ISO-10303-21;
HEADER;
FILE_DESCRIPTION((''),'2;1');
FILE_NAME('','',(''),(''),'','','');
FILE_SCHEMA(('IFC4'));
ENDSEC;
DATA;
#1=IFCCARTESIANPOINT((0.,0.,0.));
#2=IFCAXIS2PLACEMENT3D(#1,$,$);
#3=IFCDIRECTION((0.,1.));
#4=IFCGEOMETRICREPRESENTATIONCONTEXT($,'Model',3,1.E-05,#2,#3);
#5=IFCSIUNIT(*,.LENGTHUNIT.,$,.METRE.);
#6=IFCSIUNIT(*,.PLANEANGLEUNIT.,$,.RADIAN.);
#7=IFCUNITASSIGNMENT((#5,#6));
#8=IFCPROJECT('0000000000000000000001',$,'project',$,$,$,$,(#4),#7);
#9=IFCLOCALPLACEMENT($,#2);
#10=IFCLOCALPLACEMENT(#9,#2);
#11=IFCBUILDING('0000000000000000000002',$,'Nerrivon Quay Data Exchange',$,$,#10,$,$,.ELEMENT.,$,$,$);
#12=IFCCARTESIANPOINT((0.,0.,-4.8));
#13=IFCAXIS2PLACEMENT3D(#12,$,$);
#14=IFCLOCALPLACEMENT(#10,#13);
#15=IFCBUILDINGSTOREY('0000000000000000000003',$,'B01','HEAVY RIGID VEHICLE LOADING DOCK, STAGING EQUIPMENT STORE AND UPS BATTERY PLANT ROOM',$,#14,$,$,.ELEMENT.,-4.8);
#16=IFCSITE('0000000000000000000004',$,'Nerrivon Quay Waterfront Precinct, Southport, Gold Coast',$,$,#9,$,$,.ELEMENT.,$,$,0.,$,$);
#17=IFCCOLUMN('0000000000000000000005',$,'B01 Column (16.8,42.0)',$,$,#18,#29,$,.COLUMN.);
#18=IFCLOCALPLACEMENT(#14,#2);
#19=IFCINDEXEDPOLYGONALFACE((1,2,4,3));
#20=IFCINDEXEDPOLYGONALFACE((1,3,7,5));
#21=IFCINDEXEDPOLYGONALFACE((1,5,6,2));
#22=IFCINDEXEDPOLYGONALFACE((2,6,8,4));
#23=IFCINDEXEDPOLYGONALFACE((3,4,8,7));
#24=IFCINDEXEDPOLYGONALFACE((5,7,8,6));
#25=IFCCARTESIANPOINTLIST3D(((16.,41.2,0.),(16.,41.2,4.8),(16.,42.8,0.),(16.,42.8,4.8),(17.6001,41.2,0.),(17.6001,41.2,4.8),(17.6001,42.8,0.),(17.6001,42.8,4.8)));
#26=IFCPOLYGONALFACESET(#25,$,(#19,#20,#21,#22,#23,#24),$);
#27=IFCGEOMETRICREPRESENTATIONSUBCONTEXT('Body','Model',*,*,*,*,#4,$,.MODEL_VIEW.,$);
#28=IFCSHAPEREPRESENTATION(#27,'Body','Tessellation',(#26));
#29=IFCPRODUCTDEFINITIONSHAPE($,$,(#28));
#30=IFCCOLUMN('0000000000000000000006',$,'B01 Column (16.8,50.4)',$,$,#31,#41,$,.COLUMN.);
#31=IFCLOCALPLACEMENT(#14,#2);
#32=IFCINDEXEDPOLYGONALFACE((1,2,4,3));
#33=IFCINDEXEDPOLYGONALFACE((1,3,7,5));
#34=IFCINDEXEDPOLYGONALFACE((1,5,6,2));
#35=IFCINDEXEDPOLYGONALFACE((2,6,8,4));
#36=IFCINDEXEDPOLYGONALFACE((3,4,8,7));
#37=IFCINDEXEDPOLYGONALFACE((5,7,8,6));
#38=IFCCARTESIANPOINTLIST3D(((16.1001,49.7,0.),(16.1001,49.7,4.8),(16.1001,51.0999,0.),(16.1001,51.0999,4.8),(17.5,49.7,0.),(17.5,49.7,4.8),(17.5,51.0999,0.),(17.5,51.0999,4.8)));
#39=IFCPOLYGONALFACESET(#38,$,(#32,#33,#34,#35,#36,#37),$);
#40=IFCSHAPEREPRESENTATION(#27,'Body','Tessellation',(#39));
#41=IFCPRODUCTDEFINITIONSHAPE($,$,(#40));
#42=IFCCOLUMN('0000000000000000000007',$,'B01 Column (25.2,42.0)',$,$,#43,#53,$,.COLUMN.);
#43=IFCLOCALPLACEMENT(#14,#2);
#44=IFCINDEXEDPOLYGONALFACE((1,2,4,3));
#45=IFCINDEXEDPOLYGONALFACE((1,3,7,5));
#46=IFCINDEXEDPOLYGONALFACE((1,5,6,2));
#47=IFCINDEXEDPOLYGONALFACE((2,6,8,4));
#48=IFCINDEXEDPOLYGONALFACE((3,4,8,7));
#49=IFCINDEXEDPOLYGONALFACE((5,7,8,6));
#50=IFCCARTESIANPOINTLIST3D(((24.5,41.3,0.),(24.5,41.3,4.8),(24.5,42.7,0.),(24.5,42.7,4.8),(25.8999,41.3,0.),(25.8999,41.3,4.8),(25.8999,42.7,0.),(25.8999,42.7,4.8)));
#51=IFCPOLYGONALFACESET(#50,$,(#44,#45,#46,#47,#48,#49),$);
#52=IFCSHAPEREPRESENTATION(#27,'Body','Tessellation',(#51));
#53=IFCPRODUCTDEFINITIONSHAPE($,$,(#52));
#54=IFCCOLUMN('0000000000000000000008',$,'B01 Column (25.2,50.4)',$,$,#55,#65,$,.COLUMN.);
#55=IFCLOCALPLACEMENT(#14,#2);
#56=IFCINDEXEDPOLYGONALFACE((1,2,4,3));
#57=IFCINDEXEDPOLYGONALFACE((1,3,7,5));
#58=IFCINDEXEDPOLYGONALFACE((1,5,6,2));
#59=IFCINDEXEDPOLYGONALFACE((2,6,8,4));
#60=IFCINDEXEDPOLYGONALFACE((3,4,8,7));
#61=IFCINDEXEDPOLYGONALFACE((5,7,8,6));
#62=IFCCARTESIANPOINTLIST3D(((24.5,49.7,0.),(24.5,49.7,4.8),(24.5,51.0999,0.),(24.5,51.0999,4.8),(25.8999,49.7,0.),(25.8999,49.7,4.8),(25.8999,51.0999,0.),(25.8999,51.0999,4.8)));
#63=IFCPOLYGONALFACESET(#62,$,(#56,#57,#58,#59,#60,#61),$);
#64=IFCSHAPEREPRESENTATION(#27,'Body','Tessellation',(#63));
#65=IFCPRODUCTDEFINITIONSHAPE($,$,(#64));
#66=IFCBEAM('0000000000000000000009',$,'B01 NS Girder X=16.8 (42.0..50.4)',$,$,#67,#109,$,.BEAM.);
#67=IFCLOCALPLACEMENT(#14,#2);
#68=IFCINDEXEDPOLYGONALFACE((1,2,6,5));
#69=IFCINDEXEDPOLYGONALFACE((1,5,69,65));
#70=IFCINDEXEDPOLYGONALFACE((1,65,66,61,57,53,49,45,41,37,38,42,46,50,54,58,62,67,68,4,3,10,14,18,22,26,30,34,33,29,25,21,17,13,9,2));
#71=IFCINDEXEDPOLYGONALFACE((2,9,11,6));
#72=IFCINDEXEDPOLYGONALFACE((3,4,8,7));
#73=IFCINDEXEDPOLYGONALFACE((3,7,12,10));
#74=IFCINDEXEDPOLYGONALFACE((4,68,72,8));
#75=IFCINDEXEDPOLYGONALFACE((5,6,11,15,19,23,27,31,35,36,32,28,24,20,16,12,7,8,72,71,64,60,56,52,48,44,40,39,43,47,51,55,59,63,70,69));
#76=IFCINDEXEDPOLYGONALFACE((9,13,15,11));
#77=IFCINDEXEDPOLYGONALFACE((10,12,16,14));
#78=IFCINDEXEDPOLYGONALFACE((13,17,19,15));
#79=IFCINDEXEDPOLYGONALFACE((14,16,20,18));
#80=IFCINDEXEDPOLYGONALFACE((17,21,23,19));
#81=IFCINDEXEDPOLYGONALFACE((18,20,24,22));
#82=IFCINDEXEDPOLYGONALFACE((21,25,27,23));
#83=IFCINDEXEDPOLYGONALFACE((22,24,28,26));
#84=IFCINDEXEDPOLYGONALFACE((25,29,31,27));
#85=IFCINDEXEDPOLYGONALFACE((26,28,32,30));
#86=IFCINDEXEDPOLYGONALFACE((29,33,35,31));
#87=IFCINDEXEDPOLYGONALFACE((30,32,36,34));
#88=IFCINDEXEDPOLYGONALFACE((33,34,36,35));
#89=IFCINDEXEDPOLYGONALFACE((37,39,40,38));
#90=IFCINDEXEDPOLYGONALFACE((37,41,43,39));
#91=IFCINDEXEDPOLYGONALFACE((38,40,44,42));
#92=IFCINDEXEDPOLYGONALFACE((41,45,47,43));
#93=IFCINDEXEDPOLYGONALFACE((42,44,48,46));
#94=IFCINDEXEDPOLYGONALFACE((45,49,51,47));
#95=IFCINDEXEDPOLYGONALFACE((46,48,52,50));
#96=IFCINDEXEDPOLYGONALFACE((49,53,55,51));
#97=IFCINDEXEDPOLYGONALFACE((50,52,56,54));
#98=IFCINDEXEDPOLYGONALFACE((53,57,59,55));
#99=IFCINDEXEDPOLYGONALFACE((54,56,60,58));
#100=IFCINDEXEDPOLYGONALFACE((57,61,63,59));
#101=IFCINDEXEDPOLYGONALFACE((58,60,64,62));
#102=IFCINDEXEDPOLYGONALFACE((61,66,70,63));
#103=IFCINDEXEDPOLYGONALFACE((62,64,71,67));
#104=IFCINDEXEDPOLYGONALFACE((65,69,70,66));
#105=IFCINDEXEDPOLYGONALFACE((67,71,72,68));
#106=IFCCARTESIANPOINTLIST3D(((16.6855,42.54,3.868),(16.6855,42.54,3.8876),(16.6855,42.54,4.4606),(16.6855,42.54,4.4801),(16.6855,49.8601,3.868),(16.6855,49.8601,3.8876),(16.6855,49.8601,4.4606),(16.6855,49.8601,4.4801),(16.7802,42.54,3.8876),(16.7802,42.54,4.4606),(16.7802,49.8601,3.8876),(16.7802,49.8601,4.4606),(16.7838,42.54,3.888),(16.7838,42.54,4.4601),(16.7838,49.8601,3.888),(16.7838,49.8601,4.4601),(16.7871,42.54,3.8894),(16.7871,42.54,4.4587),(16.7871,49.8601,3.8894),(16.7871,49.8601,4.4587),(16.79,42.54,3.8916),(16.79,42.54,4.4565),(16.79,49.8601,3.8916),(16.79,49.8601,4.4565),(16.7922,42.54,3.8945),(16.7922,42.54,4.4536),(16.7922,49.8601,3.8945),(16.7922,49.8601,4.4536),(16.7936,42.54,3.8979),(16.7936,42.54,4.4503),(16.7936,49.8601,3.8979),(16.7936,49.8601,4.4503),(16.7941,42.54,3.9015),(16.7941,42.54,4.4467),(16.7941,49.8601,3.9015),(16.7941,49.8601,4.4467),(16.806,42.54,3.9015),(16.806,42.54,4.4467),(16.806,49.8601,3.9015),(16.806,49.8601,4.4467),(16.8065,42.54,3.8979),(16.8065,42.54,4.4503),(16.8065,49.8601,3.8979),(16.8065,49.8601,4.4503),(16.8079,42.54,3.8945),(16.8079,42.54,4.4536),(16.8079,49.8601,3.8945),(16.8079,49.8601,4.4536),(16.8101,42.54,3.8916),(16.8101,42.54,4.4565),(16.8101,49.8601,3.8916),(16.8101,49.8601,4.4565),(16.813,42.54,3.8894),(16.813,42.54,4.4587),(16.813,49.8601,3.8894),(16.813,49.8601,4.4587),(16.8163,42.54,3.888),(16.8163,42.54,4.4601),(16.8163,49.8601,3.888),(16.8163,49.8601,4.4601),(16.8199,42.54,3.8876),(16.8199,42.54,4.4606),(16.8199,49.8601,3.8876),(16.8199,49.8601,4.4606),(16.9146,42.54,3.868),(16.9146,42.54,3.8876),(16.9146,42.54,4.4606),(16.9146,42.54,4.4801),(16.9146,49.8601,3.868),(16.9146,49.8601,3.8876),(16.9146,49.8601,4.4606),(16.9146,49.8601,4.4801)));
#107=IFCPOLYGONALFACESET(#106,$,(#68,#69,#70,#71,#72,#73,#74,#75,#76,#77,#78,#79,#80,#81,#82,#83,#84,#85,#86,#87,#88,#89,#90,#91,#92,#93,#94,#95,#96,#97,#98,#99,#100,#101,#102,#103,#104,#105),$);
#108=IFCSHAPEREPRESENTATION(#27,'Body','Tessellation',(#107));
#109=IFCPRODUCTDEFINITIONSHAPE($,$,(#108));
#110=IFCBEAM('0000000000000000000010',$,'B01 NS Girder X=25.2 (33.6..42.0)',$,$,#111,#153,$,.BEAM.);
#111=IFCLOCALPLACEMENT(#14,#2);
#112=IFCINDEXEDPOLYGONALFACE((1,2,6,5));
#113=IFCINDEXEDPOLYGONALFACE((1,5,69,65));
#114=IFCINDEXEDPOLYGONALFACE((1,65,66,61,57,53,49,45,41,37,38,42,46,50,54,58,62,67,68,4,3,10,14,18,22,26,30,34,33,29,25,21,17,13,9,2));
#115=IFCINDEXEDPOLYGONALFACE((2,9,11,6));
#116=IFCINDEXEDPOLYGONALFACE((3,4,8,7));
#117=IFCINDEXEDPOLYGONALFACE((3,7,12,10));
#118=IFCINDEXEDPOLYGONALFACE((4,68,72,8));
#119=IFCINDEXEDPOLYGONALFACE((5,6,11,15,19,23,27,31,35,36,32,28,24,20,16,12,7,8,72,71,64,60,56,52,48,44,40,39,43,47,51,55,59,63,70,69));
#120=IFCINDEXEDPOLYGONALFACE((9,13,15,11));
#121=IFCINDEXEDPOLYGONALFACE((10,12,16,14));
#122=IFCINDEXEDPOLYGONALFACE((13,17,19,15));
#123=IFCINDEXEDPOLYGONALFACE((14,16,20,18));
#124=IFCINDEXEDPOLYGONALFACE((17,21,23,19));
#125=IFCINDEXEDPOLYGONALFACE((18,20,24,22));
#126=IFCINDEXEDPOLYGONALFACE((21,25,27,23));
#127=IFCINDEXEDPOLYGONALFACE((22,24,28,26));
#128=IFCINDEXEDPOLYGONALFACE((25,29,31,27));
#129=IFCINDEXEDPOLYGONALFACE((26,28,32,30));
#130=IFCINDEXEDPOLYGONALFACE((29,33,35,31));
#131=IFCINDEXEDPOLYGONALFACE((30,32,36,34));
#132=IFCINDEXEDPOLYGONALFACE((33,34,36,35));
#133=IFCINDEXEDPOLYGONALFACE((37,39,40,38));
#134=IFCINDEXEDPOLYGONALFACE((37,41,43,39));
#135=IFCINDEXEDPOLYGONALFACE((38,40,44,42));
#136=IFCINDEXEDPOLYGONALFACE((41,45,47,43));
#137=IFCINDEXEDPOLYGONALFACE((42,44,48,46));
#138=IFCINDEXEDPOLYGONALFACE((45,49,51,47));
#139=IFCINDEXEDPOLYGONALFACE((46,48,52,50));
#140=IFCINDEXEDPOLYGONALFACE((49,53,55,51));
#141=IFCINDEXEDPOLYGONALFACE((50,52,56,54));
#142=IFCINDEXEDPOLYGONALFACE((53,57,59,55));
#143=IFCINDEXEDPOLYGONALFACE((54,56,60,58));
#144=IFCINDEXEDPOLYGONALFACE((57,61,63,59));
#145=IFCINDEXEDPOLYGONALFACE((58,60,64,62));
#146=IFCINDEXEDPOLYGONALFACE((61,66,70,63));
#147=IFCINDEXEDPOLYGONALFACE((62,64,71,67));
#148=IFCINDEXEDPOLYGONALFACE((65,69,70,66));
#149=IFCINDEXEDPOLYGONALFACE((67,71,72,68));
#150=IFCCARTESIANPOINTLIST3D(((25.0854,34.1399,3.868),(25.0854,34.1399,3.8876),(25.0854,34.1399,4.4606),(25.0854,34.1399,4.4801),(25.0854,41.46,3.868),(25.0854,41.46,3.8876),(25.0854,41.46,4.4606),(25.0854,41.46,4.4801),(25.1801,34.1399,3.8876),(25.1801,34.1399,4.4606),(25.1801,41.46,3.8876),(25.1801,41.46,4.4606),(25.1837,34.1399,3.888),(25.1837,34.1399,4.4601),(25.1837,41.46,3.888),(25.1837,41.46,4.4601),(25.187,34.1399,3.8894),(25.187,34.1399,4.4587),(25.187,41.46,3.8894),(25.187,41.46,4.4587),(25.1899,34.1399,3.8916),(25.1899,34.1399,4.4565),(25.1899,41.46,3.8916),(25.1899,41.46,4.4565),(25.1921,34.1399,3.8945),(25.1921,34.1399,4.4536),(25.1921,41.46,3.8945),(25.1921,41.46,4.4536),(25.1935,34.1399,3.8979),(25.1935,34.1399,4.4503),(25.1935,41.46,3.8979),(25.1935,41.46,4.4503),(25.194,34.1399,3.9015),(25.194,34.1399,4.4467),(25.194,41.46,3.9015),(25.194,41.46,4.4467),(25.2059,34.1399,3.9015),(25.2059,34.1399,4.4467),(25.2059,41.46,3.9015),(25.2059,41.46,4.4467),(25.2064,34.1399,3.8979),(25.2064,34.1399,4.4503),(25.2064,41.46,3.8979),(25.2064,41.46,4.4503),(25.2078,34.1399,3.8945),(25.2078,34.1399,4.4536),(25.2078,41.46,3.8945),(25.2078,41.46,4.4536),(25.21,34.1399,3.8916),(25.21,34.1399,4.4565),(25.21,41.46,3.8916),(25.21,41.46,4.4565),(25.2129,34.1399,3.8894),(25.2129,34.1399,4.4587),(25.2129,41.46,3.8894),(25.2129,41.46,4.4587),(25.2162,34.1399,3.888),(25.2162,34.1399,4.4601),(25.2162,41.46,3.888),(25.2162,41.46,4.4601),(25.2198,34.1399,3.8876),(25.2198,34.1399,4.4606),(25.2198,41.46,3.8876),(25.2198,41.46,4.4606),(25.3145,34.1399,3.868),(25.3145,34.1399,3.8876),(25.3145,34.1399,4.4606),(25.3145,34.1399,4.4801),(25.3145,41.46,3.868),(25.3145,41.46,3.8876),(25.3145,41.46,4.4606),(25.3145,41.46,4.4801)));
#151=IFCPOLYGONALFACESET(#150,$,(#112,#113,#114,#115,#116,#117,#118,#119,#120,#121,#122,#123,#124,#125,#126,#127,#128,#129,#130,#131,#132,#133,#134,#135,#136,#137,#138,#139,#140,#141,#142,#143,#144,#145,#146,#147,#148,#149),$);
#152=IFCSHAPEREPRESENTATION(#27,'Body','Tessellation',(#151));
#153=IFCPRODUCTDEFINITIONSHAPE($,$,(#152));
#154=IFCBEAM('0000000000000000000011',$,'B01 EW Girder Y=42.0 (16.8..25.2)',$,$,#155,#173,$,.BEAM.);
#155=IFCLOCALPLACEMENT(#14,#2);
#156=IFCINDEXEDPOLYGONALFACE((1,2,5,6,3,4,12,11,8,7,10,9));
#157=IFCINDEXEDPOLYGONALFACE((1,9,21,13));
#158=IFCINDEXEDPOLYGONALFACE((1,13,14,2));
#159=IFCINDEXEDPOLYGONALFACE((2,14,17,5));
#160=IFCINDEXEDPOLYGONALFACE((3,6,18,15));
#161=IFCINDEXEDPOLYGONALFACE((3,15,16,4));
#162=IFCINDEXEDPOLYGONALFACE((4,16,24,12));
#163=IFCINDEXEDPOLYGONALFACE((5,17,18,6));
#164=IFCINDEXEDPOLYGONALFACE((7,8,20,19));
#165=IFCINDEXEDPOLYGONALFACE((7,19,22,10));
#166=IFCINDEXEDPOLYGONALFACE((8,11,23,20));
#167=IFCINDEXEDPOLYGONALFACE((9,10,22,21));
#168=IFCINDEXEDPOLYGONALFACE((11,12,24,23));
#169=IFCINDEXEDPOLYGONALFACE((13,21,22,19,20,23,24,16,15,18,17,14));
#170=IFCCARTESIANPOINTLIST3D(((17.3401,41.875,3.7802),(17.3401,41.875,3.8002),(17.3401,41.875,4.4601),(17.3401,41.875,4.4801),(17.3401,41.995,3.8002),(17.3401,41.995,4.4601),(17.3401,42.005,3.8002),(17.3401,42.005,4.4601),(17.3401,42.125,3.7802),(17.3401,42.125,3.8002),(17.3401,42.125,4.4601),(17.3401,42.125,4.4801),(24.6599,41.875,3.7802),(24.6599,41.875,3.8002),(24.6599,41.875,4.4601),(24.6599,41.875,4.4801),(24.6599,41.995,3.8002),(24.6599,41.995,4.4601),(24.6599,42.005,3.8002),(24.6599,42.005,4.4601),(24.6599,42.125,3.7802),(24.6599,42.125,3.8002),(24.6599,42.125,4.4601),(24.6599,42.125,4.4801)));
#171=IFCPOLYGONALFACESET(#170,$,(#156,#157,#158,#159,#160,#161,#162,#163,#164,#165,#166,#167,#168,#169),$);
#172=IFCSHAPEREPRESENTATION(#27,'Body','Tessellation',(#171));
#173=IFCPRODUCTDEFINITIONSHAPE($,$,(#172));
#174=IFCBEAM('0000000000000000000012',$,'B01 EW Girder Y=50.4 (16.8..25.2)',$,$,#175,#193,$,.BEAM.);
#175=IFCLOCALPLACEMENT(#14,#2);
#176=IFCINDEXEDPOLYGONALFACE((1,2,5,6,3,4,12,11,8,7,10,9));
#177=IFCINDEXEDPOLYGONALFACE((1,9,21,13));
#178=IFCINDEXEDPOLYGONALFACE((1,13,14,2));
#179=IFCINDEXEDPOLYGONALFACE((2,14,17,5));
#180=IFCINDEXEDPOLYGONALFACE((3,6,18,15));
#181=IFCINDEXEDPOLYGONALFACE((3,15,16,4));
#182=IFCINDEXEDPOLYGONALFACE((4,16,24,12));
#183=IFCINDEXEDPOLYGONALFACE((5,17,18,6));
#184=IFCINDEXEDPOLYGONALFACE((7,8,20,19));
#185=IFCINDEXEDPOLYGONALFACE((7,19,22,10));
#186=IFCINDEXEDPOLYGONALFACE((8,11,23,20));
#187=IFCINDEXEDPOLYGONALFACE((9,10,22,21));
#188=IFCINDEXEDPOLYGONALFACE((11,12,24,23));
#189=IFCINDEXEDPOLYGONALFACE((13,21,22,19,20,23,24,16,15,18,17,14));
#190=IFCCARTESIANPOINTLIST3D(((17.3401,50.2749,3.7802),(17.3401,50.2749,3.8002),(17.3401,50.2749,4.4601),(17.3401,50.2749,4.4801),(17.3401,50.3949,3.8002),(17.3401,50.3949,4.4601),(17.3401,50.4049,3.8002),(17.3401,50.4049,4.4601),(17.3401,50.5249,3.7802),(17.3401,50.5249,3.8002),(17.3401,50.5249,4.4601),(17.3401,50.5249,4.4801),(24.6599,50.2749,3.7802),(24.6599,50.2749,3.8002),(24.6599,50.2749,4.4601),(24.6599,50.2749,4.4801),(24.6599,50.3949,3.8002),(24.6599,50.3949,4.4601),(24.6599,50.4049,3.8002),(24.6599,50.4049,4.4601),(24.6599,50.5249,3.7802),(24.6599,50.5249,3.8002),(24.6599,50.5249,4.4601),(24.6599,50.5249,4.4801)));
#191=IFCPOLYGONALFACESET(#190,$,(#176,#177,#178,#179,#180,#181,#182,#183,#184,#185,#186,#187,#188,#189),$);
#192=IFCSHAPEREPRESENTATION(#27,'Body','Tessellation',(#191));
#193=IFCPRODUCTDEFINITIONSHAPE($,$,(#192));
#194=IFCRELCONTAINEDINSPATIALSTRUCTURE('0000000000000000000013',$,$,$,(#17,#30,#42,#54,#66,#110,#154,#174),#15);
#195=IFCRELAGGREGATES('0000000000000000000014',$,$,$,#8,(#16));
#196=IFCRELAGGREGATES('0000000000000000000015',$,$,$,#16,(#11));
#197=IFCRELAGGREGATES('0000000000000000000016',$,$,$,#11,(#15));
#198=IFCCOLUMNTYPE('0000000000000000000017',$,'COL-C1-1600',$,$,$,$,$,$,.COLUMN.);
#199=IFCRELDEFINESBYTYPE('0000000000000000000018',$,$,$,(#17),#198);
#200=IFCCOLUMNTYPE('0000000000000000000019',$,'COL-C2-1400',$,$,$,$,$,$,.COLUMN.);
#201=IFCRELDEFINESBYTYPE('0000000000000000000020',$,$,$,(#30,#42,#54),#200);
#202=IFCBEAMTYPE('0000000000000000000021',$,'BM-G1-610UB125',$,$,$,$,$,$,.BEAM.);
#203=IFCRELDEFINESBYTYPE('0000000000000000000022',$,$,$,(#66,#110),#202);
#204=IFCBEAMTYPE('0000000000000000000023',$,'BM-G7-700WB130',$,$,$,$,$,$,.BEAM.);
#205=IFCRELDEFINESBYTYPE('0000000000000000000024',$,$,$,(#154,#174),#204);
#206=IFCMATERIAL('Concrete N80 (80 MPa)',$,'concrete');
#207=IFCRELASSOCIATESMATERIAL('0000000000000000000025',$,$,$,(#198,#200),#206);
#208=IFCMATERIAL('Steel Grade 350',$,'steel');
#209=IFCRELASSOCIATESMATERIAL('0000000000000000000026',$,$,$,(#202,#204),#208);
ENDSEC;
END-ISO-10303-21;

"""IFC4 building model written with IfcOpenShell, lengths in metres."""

from ifc_helpers import new_model, si_unit, direction, frame, origin, origin_2d, place, context, subcontext, project, spatial, rectangle, i_section, extrude, material, material_profile, profile_set, type_object, element, save


model = new_model("IFC4")

# Units and contexts
model_context = context("Model", 3, precision=1e-05, world=origin(), true_north=direction((0.0, 1.0)))
body_context = subcontext(model_context, "Body", "Model", "MODEL_VIEW")
ifc_project = project(units=[si_unit("LENGTHUNIT", "METRE"), si_unit("PLANEANGLEUNIT", "RADIAN")], contexts=[model_context])

# Site, building, storey
site_placement = place(None, origin())
site = spatial("IfcSite", under=ifc_project, at=site_placement, Name="Nerrivon Quay Waterfront Precinct, Southport, Gold Coast", CompositionType="ELEMENT", RefElevation=0.0)
building_placement = place(site_placement, origin())
building = spatial("IfcBuilding", under=site, at=building_placement, Name="Nerrivon Quay Data Exchange", CompositionType="ELEMENT")
storey_placement = place(building_placement, frame((0.0, 0.0, -4.8)))
storey = spatial("IfcBuildingStorey", under=building, at=storey_placement, Name="B01", Description="HEAVY RIGID VEHICLE LOADING DOCK, STAGING EQUIPMENT STORE AND UPS BATTERY PLANT ROOM", CompositionType="ELEMENT", Elevation=-4.8)

# Columns
ifc_material_1 = material(Name="Concrete N80 (80 MPa)", Category="concrete")
ifc_material_profile_1 = material_profile(ifc_material_1, rectangle(XDim=1.6001, YDim=1.6001, at=origin_2d()), Name="RC-COL-1600x1600")
ifc_profile_set_1 = profile_set([ifc_material_profile_1], Name="Concrete N80 (80 MPa)")
column_type_1 = type_object("IfcColumnType", Name="COL-C1-1600", PredefinedType="COLUMN", material=ifc_profile_set_1)
column_placement = place(storey_placement, frame((16.8, 42.0, 0.0), z_axis=(0.0, 0.0, 1.0), x_axis=(1.0, 0.0, 0.0)))
element("IfcColumn", 1, at=column_placement, inside=storey, type_object=column_type_1, Name="B01 Column (16.8,42.0)", PredefinedType="COLUMN", context=body_context, shape_type="SweptSolid", body=[
    extrude(rectangle(XDim=1.6001, YDim=1.6001, at=origin_2d()), origin(), (0.0, 0.0, 1.0), 4.8),
])
ifc_material_profile_2 = material_profile(ifc_material_1, rectangle(XDim=1.3999, YDim=1.3999, at=origin_2d()), Name="RC-COL-1400x1400")
ifc_profile_set_2 = profile_set([ifc_material_profile_2], Name="Concrete N80 (80 MPa)")
column_type_2 = type_object("IfcColumnType", Name="COL-C2-1400", PredefinedType="COLUMN", material=ifc_profile_set_2)
for number, where, z_axis, x_axis, name in (
    (2, (16.8, 50.3999, 0.0), (0.0, 0.0, 1.0), (1.0, 0.0, 0.0), "B01 Column (16.8,50.4)"),
    (3, (25.2, 42.0, 0.0), (0.0, 0.0, 1.0), (1.0, 0.0, 0.0), "B01 Column (25.2,42.0)"),
    (4, (25.2, 50.3999, 0.0), (0.0, 0.0, 1.0), (1.0, 0.0, 0.0), "B01 Column (25.2,50.4)"),
):
    element("IfcColumn", number, at=place(storey_placement, frame(where, z_axis=z_axis, x_axis=x_axis)), inside=storey, type_object=column_type_2, Name=name, PredefinedType="COLUMN", context=body_context, shape_type="SweptSolid", body=[
        extrude(rectangle(XDim=1.3999, YDim=1.3999, at=origin_2d()), origin(), (0.0, 0.0, 1.0), 4.8),
    ])

# Beams
ifc_material_2 = material(Name="Steel Grade 350", Category="steel")
ifc_material_profile_3 = material_profile(ifc_material_2, i_section(OverallWidth=0.229, OverallDepth=0.6121, WebThickness=0.012, FlangeThickness=0.0195, FilletRadius=0.0139, at=origin_2d()), Name="610UB125")
ifc_profile_set_3 = profile_set([ifc_material_profile_3], Name="Steel Grade 350")
beam_type_1 = type_object("IfcBeamType", Name="BM-G1-610UB125", PredefinedType="BEAM", material=ifc_profile_set_3)
for number, where, z_axis, x_axis, name in (
    (5, (16.8, 42.54, 4.1741), (0.0, 1.0, 0.0), (-1.0, 0.0, 0.0), "B01 NS Girder X=16.8 (42.0..50.4)"),
    (6, (25.2, 34.1399, 4.1741), (0.0, 1.0, 0.0), (-1.0, 0.0, 0.0), "B01 NS Girder X=25.2 (33.6..42.0)"),
):
    element("IfcBeam", number, at=place(storey_placement, frame(where, z_axis=z_axis, x_axis=x_axis)), inside=storey, type_object=beam_type_1, Name=name, PredefinedType="BEAM", context=body_context, shape_type="SweptSolid", body=[
        extrude(i_section(OverallWidth=0.229, OverallDepth=0.6121, WebThickness=0.012, FlangeThickness=0.0195, FilletRadius=0.0139, at=origin_2d()), origin(), (0.0, 0.0, 1.0), 7.3201),
    ])
ifc_material_profile_4 = material_profile(ifc_material_2, i_section(OverallWidth=0.25, OverallDepth=0.7, WebThickness=0.01, FlangeThickness=0.02, at=origin_2d()), Name="700WB130")
ifc_profile_set_4 = profile_set([ifc_material_profile_4], Name="Steel Grade 350")
beam_type_2 = type_object("IfcBeamType", Name="BM-G7-700WB130", PredefinedType="BEAM", material=ifc_profile_set_4)
for number, where, z_axis, x_axis, name in (
    (7, (17.3401, 42.0, 4.1301), (1.0, 0.0, 0.0), (0.0, 1.0, 0.0), "B01 EW Girder Y=42.0 (16.8..25.2)"),
    (8, (17.3401, 50.3999, 4.1301), (1.0, 0.0, 0.0), (0.0, 1.0, 0.0), "B01 EW Girder Y=50.4 (16.8..25.2)"),
):
    element("IfcBeam", number, at=place(storey_placement, frame(where, z_axis=z_axis, x_axis=x_axis)), inside=storey, type_object=beam_type_2, Name=name, PredefinedType="BEAM", context=body_context, shape_type="SweptSolid", body=[
        extrude(i_section(OverallWidth=0.25, OverallDepth=0.7, WebThickness=0.01, FlangeThickness=0.02, at=origin_2d()), origin(), (0.0, 0.0, 1.0), 7.3198),
    ])

save(model, "model.ifc")
